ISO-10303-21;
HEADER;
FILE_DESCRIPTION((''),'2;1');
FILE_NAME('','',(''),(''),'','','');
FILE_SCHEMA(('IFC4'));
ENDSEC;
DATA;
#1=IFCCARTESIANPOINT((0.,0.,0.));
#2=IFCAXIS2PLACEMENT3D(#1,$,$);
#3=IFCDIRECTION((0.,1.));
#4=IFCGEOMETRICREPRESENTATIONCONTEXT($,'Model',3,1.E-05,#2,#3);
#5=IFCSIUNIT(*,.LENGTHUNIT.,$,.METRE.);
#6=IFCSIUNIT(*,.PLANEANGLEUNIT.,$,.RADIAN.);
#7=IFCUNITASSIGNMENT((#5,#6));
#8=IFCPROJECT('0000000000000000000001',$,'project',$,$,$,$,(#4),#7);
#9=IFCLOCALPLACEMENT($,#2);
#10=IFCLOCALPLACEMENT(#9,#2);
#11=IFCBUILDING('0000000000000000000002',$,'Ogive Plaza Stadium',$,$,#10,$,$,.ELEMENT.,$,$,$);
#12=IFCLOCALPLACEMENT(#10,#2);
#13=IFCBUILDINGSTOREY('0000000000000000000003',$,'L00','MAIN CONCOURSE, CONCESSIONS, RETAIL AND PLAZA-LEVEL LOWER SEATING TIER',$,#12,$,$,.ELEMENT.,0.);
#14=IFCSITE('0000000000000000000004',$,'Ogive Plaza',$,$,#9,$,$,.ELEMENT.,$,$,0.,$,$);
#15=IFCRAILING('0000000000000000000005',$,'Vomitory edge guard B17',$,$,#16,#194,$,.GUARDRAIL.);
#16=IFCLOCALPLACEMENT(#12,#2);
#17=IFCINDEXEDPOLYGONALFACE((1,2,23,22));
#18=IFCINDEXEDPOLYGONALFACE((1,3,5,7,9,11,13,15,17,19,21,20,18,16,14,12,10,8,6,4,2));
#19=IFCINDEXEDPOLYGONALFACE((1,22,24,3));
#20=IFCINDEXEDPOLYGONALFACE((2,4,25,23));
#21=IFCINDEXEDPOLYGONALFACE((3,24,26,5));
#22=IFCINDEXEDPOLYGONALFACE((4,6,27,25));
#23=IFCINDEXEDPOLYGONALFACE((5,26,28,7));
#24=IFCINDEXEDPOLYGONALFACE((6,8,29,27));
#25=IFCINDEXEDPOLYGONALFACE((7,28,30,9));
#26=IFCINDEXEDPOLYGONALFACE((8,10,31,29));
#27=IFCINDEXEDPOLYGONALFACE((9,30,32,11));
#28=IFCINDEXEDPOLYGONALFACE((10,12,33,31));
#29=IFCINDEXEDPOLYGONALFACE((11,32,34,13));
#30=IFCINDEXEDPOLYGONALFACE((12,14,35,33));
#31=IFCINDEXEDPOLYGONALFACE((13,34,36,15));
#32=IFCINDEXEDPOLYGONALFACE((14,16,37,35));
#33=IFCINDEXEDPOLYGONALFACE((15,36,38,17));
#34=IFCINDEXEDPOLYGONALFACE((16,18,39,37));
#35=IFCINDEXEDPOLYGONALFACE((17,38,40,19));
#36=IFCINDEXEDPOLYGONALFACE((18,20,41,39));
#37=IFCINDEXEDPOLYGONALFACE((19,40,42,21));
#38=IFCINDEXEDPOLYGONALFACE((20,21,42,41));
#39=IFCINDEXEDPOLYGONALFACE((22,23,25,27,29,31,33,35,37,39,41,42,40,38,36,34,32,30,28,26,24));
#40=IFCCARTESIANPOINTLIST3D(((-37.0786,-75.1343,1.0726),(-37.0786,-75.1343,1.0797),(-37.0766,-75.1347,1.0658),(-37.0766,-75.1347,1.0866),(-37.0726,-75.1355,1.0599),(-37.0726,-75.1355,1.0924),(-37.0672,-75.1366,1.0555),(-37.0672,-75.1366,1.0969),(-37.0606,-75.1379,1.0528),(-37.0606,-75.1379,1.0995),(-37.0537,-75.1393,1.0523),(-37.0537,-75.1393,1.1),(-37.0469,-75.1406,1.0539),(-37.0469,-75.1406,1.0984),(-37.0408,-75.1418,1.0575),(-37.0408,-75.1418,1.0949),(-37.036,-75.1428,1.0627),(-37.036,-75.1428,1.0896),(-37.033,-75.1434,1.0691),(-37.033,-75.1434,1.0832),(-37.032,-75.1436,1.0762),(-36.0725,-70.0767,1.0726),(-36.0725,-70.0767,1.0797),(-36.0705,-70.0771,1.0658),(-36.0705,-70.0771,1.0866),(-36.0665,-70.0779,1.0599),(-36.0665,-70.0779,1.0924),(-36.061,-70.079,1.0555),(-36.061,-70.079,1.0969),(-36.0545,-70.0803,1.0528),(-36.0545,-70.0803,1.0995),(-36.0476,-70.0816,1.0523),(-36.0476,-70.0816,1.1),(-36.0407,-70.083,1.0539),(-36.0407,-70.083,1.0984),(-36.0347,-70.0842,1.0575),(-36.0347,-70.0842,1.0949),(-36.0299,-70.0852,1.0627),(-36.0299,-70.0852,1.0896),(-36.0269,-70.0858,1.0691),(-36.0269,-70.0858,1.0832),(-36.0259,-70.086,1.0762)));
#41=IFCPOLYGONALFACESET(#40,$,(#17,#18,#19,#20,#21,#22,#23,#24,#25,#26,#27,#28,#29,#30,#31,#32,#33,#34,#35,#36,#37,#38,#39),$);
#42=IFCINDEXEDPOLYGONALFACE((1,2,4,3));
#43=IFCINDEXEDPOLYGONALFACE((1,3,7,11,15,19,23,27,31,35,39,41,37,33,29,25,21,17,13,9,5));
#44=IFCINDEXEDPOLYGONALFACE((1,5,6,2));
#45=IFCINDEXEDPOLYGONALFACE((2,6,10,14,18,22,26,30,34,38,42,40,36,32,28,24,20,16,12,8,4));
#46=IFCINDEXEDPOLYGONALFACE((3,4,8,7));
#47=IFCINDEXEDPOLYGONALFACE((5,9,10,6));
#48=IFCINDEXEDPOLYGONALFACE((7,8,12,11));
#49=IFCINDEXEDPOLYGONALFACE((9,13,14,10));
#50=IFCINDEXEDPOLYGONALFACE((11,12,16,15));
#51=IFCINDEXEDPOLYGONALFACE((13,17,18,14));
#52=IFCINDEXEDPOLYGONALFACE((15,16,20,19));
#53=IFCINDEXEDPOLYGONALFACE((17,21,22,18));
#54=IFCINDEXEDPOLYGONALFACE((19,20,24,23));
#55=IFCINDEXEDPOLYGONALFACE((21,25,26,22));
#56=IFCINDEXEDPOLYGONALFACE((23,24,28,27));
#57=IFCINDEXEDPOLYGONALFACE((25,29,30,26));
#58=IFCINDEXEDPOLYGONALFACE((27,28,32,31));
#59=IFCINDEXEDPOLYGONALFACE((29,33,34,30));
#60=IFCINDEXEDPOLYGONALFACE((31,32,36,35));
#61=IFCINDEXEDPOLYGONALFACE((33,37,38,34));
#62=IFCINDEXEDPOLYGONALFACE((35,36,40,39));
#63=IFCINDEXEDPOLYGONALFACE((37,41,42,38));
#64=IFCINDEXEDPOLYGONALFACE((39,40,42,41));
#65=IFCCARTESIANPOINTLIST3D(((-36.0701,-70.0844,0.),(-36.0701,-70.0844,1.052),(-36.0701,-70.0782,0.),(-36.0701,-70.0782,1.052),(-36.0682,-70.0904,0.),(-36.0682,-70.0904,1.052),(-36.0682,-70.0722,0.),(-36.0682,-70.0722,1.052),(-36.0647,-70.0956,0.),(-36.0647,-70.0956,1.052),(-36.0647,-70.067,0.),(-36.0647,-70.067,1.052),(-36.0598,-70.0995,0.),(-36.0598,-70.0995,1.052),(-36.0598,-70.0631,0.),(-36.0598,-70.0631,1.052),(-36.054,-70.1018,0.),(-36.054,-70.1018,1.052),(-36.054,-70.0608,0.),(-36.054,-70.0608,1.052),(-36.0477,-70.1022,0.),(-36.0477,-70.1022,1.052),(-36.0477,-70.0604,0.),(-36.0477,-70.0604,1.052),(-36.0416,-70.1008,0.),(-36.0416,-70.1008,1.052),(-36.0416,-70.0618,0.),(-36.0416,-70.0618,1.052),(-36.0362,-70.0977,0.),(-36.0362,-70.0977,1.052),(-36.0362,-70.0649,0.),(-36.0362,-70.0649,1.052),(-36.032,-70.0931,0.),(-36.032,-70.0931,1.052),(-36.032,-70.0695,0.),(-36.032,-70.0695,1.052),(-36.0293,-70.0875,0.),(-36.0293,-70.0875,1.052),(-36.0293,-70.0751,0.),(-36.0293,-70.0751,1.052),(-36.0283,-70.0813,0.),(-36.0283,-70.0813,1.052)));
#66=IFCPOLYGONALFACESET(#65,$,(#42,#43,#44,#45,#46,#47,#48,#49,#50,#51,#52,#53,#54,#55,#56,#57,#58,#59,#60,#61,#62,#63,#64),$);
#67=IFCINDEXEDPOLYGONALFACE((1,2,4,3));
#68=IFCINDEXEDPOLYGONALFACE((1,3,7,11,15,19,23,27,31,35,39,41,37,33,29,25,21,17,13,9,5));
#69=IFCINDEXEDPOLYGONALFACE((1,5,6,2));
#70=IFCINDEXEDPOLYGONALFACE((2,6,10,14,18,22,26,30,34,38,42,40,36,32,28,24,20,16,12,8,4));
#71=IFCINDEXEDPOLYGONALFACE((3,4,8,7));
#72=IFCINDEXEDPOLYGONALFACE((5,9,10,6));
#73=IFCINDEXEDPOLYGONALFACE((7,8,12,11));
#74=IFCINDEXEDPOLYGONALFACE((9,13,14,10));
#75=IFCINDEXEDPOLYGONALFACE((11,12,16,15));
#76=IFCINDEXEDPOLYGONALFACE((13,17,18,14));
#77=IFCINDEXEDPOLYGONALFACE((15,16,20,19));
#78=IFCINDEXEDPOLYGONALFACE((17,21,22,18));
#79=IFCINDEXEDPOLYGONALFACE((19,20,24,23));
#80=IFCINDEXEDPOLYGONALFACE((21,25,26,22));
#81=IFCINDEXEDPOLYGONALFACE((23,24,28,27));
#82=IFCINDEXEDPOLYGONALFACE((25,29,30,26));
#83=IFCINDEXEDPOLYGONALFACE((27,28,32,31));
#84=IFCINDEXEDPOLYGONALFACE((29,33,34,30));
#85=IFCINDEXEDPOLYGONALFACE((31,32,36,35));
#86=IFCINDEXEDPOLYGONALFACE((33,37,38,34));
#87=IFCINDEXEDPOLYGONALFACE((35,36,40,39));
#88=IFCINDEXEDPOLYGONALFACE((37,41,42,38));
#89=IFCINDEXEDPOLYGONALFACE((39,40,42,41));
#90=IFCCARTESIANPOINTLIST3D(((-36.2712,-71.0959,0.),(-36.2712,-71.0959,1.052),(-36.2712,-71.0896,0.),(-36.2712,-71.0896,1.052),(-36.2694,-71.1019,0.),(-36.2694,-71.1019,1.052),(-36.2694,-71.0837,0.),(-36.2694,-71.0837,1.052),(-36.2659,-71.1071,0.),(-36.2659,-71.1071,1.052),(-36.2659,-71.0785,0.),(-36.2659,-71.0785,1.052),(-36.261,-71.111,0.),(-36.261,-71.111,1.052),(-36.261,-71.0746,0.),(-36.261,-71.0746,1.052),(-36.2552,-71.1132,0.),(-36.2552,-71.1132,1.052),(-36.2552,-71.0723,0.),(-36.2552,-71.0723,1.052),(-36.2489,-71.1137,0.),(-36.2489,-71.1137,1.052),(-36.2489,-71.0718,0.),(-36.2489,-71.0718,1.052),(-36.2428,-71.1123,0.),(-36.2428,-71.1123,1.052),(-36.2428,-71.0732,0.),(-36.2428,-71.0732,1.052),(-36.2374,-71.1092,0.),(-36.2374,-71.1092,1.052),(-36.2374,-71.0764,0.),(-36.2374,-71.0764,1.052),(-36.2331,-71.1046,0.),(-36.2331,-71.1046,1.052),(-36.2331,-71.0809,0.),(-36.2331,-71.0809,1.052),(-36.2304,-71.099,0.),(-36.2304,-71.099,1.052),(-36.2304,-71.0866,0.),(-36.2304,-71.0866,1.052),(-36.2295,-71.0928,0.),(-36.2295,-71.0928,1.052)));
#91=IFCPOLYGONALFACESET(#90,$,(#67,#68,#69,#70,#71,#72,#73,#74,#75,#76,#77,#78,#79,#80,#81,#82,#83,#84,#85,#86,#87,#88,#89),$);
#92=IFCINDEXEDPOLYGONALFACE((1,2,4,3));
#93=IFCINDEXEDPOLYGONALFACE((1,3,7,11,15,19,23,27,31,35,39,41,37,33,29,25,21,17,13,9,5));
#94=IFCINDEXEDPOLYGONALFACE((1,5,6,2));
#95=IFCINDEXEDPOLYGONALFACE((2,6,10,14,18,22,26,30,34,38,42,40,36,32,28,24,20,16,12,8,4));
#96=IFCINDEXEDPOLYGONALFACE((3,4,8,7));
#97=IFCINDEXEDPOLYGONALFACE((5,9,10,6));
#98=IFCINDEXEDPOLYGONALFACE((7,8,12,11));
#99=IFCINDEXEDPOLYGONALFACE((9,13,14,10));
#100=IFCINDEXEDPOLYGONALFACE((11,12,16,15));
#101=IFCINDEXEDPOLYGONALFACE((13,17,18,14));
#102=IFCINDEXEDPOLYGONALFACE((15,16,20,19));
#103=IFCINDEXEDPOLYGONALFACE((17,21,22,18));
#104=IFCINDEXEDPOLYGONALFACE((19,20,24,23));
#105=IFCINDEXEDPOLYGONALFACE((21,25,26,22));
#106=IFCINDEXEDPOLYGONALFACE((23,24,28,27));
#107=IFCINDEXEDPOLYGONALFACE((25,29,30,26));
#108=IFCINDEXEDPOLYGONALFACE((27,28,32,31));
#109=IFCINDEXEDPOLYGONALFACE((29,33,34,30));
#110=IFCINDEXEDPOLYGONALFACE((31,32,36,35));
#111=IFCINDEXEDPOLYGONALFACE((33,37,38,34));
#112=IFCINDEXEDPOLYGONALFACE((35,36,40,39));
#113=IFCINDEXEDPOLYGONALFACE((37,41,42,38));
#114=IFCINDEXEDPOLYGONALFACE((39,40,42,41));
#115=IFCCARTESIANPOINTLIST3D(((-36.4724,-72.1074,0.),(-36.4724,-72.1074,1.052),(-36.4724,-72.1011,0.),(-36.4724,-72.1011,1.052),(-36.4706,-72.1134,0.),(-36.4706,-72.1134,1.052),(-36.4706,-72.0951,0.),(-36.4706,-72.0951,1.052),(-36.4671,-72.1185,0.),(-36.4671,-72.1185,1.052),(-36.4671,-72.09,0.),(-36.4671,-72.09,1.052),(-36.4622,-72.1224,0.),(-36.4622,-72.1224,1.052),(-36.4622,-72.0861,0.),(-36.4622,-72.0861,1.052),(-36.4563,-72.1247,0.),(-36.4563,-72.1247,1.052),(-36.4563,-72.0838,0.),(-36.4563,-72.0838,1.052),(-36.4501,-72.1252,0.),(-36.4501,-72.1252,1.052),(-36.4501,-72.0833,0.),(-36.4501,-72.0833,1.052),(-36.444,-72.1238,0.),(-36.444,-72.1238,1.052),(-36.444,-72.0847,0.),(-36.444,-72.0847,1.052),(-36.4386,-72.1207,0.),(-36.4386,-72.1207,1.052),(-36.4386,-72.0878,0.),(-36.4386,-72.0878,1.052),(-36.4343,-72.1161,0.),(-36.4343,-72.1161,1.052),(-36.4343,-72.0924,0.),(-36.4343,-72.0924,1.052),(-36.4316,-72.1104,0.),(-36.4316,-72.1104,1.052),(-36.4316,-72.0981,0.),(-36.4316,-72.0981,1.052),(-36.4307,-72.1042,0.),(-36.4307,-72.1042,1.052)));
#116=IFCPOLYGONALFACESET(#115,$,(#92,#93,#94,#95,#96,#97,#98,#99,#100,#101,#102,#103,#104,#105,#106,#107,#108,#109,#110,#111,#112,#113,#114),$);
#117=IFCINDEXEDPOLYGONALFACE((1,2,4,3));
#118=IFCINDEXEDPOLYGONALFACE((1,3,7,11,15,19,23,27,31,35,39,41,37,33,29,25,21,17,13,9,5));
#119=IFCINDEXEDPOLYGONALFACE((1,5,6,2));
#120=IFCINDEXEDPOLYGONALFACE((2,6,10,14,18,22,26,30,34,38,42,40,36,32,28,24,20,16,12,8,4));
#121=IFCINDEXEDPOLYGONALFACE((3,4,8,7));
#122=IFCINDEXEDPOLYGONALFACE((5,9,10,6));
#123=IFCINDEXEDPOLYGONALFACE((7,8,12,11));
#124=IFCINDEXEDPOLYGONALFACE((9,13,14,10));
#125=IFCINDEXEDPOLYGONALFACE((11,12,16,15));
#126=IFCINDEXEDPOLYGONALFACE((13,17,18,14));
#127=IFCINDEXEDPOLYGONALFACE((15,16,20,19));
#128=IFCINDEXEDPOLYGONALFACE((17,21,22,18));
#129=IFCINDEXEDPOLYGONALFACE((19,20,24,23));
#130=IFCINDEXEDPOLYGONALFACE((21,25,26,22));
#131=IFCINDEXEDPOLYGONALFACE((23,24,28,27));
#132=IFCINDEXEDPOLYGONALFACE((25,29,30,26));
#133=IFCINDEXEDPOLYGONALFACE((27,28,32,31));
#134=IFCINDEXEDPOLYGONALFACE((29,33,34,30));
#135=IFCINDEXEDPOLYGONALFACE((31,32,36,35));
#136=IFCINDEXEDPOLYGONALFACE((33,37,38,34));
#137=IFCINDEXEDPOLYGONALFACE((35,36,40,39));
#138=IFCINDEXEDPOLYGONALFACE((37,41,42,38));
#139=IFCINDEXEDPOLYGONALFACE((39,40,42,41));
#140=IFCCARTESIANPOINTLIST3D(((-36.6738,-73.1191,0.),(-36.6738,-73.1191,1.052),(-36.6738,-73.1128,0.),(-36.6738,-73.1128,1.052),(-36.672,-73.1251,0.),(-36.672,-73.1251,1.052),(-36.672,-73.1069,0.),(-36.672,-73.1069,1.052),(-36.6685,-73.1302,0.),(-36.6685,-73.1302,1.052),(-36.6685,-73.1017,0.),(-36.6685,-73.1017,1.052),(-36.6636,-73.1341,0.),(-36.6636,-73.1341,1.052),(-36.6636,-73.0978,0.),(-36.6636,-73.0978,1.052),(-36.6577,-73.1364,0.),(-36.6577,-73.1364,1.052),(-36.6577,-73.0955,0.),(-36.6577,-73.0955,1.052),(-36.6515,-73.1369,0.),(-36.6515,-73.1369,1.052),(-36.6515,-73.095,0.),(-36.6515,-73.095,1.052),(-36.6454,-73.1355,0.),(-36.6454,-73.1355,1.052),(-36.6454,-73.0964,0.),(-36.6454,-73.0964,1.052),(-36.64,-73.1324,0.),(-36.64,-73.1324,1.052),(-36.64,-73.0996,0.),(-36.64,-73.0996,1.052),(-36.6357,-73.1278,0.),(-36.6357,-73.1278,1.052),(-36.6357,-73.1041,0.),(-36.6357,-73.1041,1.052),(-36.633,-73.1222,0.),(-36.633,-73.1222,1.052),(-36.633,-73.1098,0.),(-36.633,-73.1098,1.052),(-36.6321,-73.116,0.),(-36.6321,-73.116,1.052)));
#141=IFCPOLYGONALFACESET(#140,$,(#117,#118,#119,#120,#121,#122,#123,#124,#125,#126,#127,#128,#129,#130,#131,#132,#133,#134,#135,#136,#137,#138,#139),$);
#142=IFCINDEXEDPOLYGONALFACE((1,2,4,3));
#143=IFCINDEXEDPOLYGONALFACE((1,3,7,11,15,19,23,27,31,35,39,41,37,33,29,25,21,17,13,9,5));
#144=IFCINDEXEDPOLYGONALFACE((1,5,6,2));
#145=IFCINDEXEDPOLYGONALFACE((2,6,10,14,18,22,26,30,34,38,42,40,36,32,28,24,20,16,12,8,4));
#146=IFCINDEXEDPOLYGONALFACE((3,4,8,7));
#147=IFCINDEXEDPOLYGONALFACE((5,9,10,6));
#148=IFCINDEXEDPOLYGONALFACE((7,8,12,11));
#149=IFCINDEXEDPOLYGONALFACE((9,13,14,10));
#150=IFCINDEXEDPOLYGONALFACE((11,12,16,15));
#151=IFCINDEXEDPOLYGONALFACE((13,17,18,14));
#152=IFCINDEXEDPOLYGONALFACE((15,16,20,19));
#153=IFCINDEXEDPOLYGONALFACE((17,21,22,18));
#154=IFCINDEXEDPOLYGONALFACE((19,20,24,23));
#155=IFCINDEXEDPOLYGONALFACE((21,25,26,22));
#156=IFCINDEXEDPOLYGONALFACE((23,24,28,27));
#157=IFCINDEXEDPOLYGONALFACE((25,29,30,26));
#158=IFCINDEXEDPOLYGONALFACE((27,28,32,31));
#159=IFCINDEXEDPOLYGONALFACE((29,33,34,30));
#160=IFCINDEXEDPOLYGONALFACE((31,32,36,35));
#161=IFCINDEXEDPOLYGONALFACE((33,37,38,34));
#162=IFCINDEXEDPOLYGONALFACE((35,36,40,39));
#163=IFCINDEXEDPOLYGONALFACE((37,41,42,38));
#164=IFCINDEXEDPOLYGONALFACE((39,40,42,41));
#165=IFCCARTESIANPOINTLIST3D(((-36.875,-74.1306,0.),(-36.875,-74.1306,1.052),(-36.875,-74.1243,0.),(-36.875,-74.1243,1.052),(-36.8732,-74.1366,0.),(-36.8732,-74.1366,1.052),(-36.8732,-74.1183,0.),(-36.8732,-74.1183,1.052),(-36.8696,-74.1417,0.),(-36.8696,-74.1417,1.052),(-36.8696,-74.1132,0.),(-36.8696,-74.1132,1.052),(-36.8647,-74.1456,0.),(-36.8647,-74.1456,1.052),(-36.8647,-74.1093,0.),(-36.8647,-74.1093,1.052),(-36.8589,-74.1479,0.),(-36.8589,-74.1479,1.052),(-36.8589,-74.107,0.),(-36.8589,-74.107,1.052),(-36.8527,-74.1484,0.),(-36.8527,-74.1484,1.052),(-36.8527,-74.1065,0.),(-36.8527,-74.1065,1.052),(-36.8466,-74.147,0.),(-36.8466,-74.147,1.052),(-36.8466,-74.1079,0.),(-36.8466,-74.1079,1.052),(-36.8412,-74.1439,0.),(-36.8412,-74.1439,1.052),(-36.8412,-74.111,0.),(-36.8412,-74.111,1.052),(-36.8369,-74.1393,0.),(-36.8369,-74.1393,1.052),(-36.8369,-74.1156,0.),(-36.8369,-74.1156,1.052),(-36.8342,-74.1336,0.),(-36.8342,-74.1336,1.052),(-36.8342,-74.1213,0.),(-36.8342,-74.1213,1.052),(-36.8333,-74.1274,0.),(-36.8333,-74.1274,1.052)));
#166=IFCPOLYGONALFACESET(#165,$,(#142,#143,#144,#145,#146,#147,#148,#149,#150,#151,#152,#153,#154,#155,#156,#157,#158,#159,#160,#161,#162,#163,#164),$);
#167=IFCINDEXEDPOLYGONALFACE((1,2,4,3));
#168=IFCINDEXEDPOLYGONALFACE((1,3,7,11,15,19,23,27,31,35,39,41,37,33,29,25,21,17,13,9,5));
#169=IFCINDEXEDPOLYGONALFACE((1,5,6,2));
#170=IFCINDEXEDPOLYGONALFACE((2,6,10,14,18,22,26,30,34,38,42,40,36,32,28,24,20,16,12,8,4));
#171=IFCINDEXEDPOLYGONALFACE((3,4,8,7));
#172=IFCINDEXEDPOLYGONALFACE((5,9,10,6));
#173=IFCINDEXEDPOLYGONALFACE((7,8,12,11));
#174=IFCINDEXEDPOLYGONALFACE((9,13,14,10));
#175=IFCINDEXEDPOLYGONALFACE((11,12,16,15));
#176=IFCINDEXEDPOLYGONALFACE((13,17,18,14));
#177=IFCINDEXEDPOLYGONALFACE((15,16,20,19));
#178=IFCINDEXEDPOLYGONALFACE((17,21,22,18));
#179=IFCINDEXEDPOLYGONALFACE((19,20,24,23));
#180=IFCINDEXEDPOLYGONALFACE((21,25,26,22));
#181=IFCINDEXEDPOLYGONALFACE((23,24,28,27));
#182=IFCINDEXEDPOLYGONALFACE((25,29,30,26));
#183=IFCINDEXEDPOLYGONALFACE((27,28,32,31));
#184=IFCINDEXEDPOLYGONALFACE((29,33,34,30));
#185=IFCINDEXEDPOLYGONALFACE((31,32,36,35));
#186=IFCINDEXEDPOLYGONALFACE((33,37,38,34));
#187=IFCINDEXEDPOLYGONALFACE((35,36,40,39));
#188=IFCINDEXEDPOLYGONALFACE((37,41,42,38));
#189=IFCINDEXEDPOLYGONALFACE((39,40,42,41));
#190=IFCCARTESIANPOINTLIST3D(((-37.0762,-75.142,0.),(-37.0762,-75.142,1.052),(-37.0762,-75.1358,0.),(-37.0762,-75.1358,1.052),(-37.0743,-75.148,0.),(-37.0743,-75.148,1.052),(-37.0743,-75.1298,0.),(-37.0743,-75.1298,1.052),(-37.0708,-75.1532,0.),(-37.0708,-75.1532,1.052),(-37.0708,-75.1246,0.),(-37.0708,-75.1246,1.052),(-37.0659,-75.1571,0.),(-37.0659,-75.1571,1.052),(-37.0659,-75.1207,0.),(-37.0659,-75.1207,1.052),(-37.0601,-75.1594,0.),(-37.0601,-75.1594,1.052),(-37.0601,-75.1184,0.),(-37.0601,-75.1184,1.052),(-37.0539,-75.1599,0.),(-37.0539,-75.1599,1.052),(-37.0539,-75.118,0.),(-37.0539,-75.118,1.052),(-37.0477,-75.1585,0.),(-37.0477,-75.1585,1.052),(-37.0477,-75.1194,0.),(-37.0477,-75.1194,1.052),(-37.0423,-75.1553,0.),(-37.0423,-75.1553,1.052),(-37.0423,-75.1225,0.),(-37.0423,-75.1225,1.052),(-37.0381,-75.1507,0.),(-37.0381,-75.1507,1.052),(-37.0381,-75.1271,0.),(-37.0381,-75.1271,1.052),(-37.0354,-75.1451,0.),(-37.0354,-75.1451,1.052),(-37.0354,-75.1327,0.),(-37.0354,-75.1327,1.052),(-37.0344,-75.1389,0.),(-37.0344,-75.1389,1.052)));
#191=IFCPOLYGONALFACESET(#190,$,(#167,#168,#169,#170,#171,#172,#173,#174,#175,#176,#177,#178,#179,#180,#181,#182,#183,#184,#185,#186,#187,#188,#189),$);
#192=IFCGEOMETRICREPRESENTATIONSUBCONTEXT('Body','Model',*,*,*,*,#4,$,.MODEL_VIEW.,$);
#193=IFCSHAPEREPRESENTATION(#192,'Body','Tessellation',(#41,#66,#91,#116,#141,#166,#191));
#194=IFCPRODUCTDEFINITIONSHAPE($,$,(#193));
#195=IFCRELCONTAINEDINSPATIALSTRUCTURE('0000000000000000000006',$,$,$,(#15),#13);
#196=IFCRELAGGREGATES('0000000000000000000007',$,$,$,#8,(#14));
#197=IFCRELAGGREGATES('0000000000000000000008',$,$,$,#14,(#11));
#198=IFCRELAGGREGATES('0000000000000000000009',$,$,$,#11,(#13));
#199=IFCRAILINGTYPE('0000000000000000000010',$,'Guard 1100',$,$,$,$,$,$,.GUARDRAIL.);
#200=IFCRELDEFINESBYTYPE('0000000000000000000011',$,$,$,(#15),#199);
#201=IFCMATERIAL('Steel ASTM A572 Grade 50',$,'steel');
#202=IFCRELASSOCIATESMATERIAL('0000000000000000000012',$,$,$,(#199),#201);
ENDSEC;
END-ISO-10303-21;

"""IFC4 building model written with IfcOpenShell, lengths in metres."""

from ifc_helpers import new_model, si_unit, direction, frame, origin, origin_2d, place, context, subcontext, project, spatial, circle, extrude, material, type_object, element, save


model = new_model("IFC4")

# Units and contexts
model_context = context("Model", 3, precision=1e-05, world=origin(), true_north=direction((0.0, 1.0)))
body_context = subcontext(model_context, "Body", "Model", "MODEL_VIEW")
ifc_project = project(units=[si_unit("LENGTHUNIT", "METRE"), si_unit("PLANEANGLEUNIT", "RADIAN")], contexts=[model_context])

# Site, building, storey
site_placement = place(None, origin())
site = spatial("IfcSite", under=ifc_project, at=site_placement, Name="Ogive Plaza", CompositionType="ELEMENT", RefElevation=0.0)
building_placement = place(site_placement, origin())
building = spatial("IfcBuilding", under=site, at=building_placement, Name="Ogive Plaza Stadium", CompositionType="ELEMENT")
storey_placement = place(building_placement, origin())
storey = spatial("IfcBuildingStorey", under=building, at=storey_placement, Name="L00", Description="MAIN CONCOURSE, CONCESSIONS, RETAIL AND PLAZA-LEVEL LOWER SEATING TIER", CompositionType="ELEMENT", Elevation=0.0)

# Railing
ifc_material_1 = material(Name="Steel ASTM A572 Grade 50", Category="steel")
railing_type = type_object("IfcRailingType", Name="Guard 1100", PredefinedType="GUARDRAIL", material=ifc_material_1)
for number, where, name in (
    (1, (-36.0493, -70.0813, 0.0), "Vomitory edge guard B17"),
):
    element("IfcRailing", number, at=place(storey_placement, frame(where)), inside=storey, type_object=railing_type, Name=name, PredefinedType="GUARDRAIL", context=body_context, shape_type="SweptSolid", body=[
        extrude(circle(Radius=0.0239, at=origin_2d()), frame((0.0, 0.0, 1.0762), z_axis=(-0.195105, -0.980782, 0.0), x_axis=(0.980782, -0.195105, 0.0)), (0.0, 0.0, 1.0), 5.1567),
        extrude(circle(Radius=0.021, at=origin_2d()), origin(), (0.0, 0.0, 1.0), 1.052),
        extrude(circle(Radius=0.021, at=origin_2d()), frame((-0.2012, -1.0115, 0.0)), (0.0, 0.0, 1.0), 1.052),
        extrude(circle(Radius=0.021, at=origin_2d()), frame((-0.4023, -2.0229, 0.0)), (0.0, 0.0, 1.0), 1.052),
        extrude(circle(Radius=0.021, at=origin_2d()), frame((-0.6038, -3.0347, 0.0)), (0.0, 0.0, 1.0), 1.052),
        extrude(circle(Radius=0.021, at=origin_2d()), frame((-0.8049, -4.0461, 0.0)), (0.0, 0.0, 1.0), 1.052),
        extrude(circle(Radius=0.021, at=origin_2d()), frame((-1.0061, -5.0576, 0.0)), (0.0, 0.0, 1.0), 1.052),
    ])

save(model, "model.ifc")
